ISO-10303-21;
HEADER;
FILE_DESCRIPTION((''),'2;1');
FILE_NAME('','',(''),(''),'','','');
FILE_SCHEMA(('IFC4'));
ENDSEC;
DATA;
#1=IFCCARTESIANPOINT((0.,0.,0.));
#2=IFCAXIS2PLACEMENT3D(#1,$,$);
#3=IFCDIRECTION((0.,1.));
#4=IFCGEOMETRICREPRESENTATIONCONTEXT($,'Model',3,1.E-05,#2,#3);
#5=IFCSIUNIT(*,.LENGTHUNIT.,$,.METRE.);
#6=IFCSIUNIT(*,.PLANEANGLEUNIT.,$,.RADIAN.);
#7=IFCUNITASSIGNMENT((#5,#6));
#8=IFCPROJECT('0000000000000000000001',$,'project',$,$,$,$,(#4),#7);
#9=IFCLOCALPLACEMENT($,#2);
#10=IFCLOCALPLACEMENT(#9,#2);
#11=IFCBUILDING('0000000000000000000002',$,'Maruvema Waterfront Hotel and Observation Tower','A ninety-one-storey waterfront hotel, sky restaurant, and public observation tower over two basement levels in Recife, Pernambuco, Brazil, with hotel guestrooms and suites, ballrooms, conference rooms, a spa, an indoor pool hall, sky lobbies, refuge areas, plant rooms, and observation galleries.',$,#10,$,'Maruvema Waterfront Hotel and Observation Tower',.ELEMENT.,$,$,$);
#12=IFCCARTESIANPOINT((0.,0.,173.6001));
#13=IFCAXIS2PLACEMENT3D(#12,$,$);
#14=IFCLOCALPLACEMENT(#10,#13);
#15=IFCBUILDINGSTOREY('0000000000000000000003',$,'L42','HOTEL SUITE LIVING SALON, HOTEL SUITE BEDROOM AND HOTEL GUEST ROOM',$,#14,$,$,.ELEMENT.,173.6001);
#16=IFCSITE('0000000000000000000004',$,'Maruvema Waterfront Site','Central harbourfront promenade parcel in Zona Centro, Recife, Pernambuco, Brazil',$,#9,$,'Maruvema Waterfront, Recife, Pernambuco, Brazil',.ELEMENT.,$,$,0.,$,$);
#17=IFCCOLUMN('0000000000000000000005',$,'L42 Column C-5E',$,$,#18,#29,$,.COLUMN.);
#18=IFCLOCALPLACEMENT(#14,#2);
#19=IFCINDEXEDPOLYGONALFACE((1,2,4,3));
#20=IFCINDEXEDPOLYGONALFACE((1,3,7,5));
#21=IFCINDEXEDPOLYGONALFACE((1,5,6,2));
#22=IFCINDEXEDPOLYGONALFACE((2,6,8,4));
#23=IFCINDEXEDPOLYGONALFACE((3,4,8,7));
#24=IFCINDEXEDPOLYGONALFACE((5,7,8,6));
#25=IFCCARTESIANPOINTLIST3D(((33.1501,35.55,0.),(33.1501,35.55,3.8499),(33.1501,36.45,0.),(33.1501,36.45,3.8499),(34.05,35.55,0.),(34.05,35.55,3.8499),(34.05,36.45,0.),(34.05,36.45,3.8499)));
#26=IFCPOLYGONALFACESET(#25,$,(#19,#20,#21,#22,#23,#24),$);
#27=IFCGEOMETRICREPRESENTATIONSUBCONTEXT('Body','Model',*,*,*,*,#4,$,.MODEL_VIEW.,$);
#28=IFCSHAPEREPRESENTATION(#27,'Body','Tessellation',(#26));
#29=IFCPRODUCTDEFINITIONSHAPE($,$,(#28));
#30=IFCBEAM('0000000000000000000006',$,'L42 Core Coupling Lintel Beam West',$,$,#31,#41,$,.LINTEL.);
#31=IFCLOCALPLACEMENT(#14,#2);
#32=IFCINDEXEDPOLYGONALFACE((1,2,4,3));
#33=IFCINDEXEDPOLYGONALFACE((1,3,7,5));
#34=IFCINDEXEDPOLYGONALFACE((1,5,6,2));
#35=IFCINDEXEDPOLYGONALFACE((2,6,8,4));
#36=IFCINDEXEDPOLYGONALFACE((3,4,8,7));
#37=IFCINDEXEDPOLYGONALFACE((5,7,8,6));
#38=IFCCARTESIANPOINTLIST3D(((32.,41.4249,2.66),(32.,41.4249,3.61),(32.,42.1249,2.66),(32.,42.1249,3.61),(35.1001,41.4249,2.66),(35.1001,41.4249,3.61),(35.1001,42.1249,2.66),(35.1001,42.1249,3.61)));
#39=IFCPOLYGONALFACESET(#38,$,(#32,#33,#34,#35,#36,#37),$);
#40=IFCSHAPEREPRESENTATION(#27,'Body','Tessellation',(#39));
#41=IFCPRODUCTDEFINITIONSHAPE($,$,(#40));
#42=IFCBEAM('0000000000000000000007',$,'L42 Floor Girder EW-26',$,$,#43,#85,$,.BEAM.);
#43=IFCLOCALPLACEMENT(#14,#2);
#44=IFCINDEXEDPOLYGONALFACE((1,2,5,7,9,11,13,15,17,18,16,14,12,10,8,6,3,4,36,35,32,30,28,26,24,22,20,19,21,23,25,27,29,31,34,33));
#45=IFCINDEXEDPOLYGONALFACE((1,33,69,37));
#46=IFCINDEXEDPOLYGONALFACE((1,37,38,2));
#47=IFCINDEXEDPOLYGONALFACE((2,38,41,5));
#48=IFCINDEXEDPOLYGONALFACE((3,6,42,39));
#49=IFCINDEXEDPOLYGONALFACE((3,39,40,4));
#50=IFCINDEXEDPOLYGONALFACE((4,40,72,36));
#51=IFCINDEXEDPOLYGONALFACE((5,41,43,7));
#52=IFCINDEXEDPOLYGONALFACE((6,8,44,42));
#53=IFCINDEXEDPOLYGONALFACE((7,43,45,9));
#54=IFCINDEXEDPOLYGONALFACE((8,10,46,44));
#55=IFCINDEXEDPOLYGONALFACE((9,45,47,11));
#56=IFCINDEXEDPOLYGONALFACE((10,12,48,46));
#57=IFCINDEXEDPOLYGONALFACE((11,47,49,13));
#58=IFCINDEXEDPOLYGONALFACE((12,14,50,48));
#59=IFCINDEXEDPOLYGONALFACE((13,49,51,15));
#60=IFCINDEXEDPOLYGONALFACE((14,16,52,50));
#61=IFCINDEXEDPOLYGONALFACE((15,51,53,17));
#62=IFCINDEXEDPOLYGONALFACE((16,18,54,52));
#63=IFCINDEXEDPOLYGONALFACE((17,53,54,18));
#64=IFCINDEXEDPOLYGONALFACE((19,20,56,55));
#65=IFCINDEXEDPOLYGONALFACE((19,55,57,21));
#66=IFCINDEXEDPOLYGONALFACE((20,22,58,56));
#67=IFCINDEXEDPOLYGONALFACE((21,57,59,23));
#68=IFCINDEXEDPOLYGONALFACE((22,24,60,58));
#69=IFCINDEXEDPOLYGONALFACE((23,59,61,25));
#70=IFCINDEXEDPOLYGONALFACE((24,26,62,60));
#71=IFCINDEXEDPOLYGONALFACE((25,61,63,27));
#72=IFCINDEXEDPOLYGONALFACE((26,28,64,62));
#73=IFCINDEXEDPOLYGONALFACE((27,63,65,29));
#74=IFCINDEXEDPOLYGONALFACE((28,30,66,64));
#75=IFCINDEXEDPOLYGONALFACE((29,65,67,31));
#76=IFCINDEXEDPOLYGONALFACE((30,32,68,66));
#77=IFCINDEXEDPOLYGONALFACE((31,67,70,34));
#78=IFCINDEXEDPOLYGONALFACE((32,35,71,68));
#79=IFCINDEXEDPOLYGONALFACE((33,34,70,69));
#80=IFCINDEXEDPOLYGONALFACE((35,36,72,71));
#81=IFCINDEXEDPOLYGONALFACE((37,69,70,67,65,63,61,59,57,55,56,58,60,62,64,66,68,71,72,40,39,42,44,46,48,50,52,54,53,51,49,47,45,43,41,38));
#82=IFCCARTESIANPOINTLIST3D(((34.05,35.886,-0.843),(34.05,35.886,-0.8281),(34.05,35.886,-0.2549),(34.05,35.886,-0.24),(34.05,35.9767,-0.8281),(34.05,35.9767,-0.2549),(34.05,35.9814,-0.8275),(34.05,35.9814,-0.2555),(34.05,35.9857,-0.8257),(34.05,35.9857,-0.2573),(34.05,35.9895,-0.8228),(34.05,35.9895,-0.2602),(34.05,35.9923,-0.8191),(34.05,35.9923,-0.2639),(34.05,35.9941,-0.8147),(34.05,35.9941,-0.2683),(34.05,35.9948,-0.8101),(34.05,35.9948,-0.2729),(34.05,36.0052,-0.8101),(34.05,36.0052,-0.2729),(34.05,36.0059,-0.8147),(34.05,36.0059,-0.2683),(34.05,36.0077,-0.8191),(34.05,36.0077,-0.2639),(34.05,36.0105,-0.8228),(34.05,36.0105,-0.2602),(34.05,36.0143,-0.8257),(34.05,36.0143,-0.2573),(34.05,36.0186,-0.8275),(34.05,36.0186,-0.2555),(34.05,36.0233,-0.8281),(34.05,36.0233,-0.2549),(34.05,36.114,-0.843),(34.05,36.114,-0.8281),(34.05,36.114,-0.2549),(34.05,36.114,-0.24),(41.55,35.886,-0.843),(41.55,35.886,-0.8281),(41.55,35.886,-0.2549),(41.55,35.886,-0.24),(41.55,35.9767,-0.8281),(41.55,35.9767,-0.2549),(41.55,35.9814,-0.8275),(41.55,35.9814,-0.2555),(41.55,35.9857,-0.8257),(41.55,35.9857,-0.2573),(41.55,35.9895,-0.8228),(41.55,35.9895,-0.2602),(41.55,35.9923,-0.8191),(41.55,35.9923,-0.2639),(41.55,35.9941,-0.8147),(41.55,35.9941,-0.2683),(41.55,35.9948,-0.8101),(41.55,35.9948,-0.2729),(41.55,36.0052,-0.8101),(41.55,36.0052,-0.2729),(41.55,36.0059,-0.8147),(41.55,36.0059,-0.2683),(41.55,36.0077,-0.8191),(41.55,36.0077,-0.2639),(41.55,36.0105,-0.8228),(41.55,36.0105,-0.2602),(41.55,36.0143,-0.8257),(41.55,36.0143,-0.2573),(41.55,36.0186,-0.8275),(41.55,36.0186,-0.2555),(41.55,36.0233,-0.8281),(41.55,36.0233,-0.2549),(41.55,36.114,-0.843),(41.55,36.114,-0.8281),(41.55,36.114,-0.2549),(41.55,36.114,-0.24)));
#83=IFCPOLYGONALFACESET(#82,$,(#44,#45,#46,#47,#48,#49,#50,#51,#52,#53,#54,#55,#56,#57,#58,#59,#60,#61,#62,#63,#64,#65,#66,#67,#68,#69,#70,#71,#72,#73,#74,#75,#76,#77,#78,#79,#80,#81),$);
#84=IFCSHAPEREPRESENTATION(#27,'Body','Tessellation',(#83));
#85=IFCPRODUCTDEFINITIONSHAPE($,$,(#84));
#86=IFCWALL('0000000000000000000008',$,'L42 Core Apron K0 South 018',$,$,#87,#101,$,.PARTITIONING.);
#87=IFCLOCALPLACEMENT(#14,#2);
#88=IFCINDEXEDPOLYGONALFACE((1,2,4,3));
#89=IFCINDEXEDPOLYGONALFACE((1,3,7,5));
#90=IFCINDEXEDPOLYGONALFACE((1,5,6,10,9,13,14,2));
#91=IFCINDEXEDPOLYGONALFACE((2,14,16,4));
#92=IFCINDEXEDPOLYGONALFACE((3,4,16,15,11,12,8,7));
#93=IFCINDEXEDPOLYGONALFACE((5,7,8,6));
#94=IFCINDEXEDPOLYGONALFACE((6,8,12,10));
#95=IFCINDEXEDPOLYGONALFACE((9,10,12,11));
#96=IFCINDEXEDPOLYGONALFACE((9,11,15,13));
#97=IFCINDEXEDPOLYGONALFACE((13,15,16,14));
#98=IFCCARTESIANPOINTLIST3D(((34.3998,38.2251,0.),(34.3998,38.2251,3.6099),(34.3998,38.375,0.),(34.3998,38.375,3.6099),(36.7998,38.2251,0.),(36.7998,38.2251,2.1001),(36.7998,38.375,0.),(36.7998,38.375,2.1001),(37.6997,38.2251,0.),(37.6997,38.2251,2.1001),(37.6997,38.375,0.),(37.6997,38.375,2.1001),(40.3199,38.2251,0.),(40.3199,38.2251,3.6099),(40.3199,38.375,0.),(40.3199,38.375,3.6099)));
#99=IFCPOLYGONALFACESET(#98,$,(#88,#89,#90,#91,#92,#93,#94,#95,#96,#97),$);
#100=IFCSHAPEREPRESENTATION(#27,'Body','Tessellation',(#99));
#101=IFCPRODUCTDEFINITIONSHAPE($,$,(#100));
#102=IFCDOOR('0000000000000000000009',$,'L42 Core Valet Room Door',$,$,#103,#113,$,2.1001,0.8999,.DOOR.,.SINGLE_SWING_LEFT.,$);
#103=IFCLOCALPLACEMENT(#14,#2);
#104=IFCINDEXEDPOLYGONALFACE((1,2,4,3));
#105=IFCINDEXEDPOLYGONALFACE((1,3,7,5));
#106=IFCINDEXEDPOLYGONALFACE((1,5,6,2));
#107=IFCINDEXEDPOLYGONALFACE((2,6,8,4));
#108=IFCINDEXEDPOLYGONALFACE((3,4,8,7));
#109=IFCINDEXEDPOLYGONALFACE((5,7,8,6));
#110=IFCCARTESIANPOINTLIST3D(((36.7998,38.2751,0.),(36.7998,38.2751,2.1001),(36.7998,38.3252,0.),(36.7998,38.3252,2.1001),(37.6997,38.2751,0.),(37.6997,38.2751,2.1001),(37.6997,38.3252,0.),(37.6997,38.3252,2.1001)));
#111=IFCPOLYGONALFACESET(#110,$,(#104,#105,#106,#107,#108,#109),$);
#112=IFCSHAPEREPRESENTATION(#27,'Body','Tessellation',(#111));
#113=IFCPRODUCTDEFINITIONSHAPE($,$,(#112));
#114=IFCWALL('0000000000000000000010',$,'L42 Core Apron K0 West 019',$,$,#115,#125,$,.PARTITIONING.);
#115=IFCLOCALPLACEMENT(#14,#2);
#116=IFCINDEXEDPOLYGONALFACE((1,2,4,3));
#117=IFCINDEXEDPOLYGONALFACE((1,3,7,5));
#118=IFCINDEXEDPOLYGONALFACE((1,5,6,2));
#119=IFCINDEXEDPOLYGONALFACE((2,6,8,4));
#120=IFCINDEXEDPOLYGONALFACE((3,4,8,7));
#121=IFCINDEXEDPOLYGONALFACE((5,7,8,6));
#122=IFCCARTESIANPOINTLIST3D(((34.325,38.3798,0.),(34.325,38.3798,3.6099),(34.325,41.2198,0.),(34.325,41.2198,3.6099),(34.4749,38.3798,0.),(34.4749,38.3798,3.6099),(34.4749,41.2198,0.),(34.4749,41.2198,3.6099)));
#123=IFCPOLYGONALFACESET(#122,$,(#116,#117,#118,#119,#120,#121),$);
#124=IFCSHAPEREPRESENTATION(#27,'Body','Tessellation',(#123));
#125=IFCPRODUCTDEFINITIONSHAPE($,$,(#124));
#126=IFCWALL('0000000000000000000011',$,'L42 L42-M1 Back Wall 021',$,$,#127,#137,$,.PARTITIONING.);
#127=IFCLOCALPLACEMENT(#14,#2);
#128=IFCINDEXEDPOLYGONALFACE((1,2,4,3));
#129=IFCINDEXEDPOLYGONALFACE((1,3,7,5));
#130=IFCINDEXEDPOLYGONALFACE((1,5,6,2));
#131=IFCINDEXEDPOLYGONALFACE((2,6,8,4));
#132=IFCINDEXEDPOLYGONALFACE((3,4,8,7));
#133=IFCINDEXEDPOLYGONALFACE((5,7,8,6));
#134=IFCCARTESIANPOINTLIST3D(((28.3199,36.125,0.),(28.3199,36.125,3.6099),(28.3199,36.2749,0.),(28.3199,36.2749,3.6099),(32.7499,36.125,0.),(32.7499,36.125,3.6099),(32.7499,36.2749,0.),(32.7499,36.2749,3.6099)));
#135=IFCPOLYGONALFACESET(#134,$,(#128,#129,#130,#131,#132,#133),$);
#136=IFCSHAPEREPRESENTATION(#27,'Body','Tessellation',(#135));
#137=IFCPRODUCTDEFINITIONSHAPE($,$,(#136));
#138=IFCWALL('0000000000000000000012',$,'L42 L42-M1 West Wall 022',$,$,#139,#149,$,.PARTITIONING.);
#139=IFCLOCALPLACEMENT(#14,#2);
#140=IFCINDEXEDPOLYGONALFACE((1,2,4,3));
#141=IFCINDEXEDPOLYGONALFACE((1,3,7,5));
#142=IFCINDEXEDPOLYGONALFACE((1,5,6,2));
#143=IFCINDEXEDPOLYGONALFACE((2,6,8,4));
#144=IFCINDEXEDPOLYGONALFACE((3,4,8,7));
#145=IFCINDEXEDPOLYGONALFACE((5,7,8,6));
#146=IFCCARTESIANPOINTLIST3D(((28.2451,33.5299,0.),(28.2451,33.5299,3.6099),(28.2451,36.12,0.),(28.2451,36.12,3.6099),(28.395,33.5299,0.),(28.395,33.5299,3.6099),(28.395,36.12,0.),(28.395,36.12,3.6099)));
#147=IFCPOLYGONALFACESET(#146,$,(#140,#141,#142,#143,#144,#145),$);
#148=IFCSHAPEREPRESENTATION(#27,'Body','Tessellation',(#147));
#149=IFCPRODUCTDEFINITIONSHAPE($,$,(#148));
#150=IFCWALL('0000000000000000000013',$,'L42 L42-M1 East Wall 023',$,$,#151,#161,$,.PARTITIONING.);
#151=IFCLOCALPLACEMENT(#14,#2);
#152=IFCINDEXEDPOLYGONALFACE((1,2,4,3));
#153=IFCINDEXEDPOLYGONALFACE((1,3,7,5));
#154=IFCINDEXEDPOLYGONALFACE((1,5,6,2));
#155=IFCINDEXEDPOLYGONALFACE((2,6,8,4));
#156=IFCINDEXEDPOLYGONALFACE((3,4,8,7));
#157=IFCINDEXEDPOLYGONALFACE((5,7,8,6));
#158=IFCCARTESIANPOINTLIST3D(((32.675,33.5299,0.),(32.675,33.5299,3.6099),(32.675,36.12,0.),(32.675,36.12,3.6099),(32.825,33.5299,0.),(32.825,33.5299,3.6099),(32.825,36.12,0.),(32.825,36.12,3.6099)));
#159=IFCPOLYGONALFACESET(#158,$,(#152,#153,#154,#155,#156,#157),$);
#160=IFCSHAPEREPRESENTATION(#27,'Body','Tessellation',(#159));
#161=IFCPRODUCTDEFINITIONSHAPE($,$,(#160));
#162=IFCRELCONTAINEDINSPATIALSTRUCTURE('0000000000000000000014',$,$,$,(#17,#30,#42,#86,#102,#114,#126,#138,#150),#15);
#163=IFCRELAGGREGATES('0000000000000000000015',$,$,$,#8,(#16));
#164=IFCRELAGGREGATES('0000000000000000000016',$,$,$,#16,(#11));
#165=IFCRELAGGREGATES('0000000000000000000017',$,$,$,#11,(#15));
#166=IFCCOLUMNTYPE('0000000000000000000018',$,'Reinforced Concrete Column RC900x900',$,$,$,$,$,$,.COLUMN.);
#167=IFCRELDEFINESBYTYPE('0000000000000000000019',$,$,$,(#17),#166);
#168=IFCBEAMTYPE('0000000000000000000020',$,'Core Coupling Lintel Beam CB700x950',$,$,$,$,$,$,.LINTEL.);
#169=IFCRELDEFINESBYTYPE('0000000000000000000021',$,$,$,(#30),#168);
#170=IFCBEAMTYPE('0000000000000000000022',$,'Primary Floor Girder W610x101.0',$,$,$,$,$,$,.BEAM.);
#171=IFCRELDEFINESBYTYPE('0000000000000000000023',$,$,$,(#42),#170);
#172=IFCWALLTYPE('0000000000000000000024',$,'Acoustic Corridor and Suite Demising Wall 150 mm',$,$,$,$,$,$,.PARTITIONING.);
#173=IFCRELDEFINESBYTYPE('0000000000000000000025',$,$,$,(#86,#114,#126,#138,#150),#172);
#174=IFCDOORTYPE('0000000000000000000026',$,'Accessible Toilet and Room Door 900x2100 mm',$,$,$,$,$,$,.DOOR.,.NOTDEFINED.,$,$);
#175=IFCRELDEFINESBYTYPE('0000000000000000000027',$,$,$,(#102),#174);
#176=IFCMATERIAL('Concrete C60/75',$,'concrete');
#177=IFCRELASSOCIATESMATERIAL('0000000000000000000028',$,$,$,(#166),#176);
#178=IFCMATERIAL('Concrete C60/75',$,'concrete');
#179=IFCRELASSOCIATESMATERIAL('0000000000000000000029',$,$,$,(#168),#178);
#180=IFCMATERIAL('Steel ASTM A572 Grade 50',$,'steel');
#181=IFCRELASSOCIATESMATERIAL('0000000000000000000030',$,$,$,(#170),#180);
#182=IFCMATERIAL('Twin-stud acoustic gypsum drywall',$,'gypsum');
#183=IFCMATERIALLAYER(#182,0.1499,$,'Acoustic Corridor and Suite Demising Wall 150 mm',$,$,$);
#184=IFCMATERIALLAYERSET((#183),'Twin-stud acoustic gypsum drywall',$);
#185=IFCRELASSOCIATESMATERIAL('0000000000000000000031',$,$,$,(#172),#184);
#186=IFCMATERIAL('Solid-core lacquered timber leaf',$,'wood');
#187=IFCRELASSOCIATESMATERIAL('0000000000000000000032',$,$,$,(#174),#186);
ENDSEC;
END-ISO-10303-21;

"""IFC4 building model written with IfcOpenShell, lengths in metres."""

from ifc_helpers import new_model, si_unit, direction, frame, frame_2d, origin, origin_2d, place, context, subcontext, project, spatial, rectangle, i_section, extrude, material, layer, layer_set, material_profile, profile_set, type_object, element, fill, save


model = new_model("IFC4")

# Units and contexts
model_context = context("Model", 3, precision=1e-05, world=origin(), true_north=direction((0.0, 1.0)))
body_context = subcontext(model_context, "Body", "Model", "MODEL_VIEW")
ifc_project = project(units=[si_unit("LENGTHUNIT", "METRE"), si_unit("PLANEANGLEUNIT", "RADIAN")], contexts=[model_context])

# Site, building, storey
site_placement = place(None, origin())
site = spatial("IfcSite", under=ifc_project, at=site_placement, Name="Maruvema Waterfront Site", Description="Central harbourfront promenade parcel in Zona Centro, Recife, Pernambuco, Brazil", LongName="Maruvema Waterfront, Recife, Pernambuco, Brazil", CompositionType="ELEMENT", RefElevation=0.0)
building_placement = place(site_placement, origin())
building = spatial("IfcBuilding", under=site, at=building_placement, Name="Maruvema Waterfront Hotel and Observation Tower", Description="A ninety-one-storey waterfront hotel, sky restaurant, and public observation tower over two basement levels in Recife, Pernambuco, Brazil, with hotel guestrooms and suites, ballrooms, conference rooms, a spa, an indoor pool hall, sky lobbies, refuge areas, plant rooms, and observation galleries.", LongName="Maruvema Waterfront Hotel and Observation Tower", CompositionType="ELEMENT")
storey_placement = place(building_placement, frame((0.0, 0.0, 173.6001)))
storey = spatial("IfcBuildingStorey", under=building, at=storey_placement, Name="L42", Description="HOTEL SUITE LIVING SALON, HOTEL SUITE BEDROOM AND HOTEL GUEST ROOM", CompositionType="ELEMENT", Elevation=173.6001)

# Column
ifc_material_1 = material(Name="Concrete C60/75", Category="concrete")
ifc_material_profile_1 = material_profile(ifc_material_1, rectangle(XDim=0.8999, YDim=0.8999, at=origin_2d()), Name="RC900x900")
ifc_profile_set_1 = profile_set([ifc_material_profile_1], Name="Concrete C60/75")
column_type = type_object("IfcColumnType", Name="Reinforced Concrete Column RC900x900", PredefinedType="COLUMN", material=ifc_profile_set_1)
column_placement = place(storey_placement, frame((33.6001, 36.0, 0.0), z_axis=(0.0, 0.0, 1.0), x_axis=(1.0, 0.0, 0.0)))
element("IfcColumn", 1, at=column_placement, inside=storey, type_object=column_type, Name="L42 Column C-5E", PredefinedType="COLUMN", context=body_context, shape_type="SweptSolid", body=[
    extrude(rectangle(XDim=0.8999, YDim=0.8999, at=origin_2d()), origin(), (0.0, 0.0, 1.0), 3.8499),
])

# Beams
ifc_material_2 = material(Name="Concrete C60/75", Category="concrete")
ifc_material_profile_2 = material_profile(ifc_material_2, rectangle(XDim=0.7, YDim=0.95, at=origin_2d()), Name="CB700x950")
ifc_profile_set_2 = profile_set([ifc_material_profile_2], Name="Concrete C60/75")
beam_type_1 = type_object("IfcBeamType", Name="Core Coupling Lintel Beam CB700x950", PredefinedType="LINTEL", material=ifc_profile_set_2)
beam_1_placement = place(storey_placement, frame((32.0, 41.7749, 3.135), z_axis=(1.0, 0.0, 0.0), x_axis=(0.0, 1.0, 0.0)))
element("IfcBeam", 2, at=beam_1_placement, inside=storey, type_object=beam_type_1, Name="L42 Core Coupling Lintel Beam West", PredefinedType="LINTEL", context=body_context, shape_type="SweptSolid", body=[
    extrude(rectangle(XDim=0.7, YDim=0.95, at=origin_2d()), origin(), (0.0, 0.0, 1.0), 3.1001),
])
ifc_material_3 = material(Name="Steel ASTM A572 Grade 50", Category="steel")
ifc_material_profile_3 = material_profile(ifc_material_3, i_section(OverallWidth=0.228, OverallDepth=0.603, WebThickness=0.0105, FlangeThickness=0.0149, FilletRadius=0.0181, at=origin_2d()), Name="W610x101.0")
ifc_profile_set_3 = profile_set([ifc_material_profile_3], Name="Steel ASTM A572 Grade 50")
beam_type_2 = type_object("IfcBeamType", Name="Primary Floor Girder W610x101.0", PredefinedType="BEAM", material=ifc_profile_set_3)
beam_2_placement = place(storey_placement, frame((34.05, 36.0, -0.5415), z_axis=(1.0, 0.0, 0.0), x_axis=(0.0, 1.0, 0.0)))
element("IfcBeam", 3, at=beam_2_placement, inside=storey, type_object=beam_type_2, Name="L42 Floor Girder EW-26", PredefinedType="BEAM", context=body_context, shape_type="SweptSolid", body=[
    extrude(i_section(OverallWidth=0.228, OverallDepth=0.603, WebThickness=0.0105, FlangeThickness=0.0149, FilletRadius=0.0181, at=origin_2d()), origin(), (0.0, 0.0, 1.0), 7.5),
])

# Wall, opening, door
ifc_material_4 = material(Name="Twin-stud acoustic gypsum drywall", Category="gypsum")
ifc_layer_1 = layer(ifc_material_4, 0.1499, Name="Acoustic Corridor and Suite Demising Wall 150 mm")
ifc_layer_set_1 = layer_set([ifc_layer_1], Name="Twin-stud acoustic gypsum drywall")
wall_type_1 = type_object("IfcWallType", Name="Acoustic Corridor and Suite Demising Wall 150 mm", PredefinedType="PARTITIONING", material=ifc_layer_set_1)
wall_1_placement = place(storey_placement, frame((34.3999, 38.3, 0.0), z_axis=(0.0, 0.0, 1.0), x_axis=(1.0, 0.0, 0.0)))
wall_1 = element("IfcWall", 4, at=wall_1_placement, inside=storey, type_object=wall_type_1, Name="L42 Core Apron K0 South 018", PredefinedType="PARTITIONING", context=body_context, shape_type="SweptSolid", body=[
    extrude(rectangle(XDim=5.9202, YDim=0.1499, at=frame_2d((2.96, 0.0))), origin(), (0.0, 0.0, 1.0), 3.6099),
])
opening_1_placement = place(wall_1_placement, frame((2.3999, 0.0, 0.0)))
opening_1 = element("IfcOpeningElement", 5, at=opening_1_placement, cuts=wall_1, PredefinedType="OPENING", context=body_context, shape_type="SweptSolid", body=[
    extrude(rectangle(XDim=0.8999, YDim=2.1001, at=frame_2d((0.45, 1.05))), frame((0.0, 0.085, 0.0), z_axis=(0.0, -1.0, 0.0), x_axis=(1.0, 0.0, 0.0)), (0.0, 0.0, 1.0), 0.1699),
])
ifc_material_5 = material(Name="Solid-core lacquered timber leaf", Category="wood")
door_type_1 = type_object("IfcDoorType", Name="Accessible Toilet and Room Door 900x2100 mm", OperationType="NOTDEFINED", PredefinedType="DOOR", material=ifc_material_5)
door_1_placement = place(opening_1_placement, frame((0.8999, 0.0, 0.0), z_axis=(0.0, 0.0, 1.0), x_axis=(-1.0, 0.0, 0.0)))
door_1 = element("IfcDoor", 6, at=door_1_placement, inside=storey, type_object=door_type_1, Name="L42 Core Valet Room Door", OperationType="SINGLE_SWING_LEFT", OverallHeight=2.1001, OverallWidth=0.8999, PredefinedType="DOOR", context=body_context, shape_type="SweptSolid", body=[
    extrude(rectangle(XDim=0.8999, YDim=2.1001, at=frame_2d((0.45, 1.05))), frame((0.0, 0.0249, 0.0), z_axis=(0.0, -1.0, 0.0), x_axis=(1.0, 0.0, 0.0)), (0.0, 0.0, 1.0), 0.05),
])
fill(opening_1, door_1)

# Walls
wall_2_placement = place(storey_placement, frame((34.3999, 38.3799, 0.0), z_axis=(0.0, 0.0, 1.0), x_axis=(0.0, 1.0, 0.0)))
element("IfcWall", 7, at=wall_2_placement, inside=storey, type_object=wall_type_1, Name="L42 Core Apron K0 West 019", PredefinedType="PARTITIONING", context=body_context, shape_type="SweptSolid", body=[
    extrude(rectangle(XDim=2.8401, YDim=0.1499, at=frame_2d((1.4199, 0.0))), origin(), (0.0, 0.0, 1.0), 3.6099),
])
wall_3_placement = place(storey_placement, frame((28.3201, 36.2, 0.0), z_axis=(0.0, 0.0, 1.0), x_axis=(1.0, 0.0, 0.0)))
element("IfcWall", 8, at=wall_3_placement, inside=storey, type_object=wall_type_1, Name="L42 L42-M1 Back Wall 021", PredefinedType="PARTITIONING", context=body_context, shape_type="SweptSolid", body=[
    extrude(rectangle(XDim=4.4299, YDim=0.1499, at=frame_2d((2.2148, 0.0))), origin(), (0.0, 0.0, 1.0), 3.6099),
])
for number, where, z_axis, x_axis, name in (
    (9, (28.3201, 33.53, 0.0), (0.0, 0.0, 1.0), (0.0, 1.0, 0.0), "L42 L42-M1 West Wall 022"),
    (10, (32.75, 33.53, 0.0), (0.0, 0.0, 1.0), (0.0, 1.0, 0.0), "L42 L42-M1 East Wall 023"),
):
    element("IfcWall", number, at=place(storey_placement, frame(where, z_axis=z_axis, x_axis=x_axis)), inside=storey, type_object=wall_type_1, Name=name, PredefinedType="PARTITIONING", context=body_context, shape_type="SweptSolid", body=[
        extrude(rectangle(XDim=2.5901, YDim=0.1499, at=frame_2d((1.2949, 0.0))), origin(), (0.0, 0.0, 1.0), 3.6099),
    ])

save(model, "model.ifc")
